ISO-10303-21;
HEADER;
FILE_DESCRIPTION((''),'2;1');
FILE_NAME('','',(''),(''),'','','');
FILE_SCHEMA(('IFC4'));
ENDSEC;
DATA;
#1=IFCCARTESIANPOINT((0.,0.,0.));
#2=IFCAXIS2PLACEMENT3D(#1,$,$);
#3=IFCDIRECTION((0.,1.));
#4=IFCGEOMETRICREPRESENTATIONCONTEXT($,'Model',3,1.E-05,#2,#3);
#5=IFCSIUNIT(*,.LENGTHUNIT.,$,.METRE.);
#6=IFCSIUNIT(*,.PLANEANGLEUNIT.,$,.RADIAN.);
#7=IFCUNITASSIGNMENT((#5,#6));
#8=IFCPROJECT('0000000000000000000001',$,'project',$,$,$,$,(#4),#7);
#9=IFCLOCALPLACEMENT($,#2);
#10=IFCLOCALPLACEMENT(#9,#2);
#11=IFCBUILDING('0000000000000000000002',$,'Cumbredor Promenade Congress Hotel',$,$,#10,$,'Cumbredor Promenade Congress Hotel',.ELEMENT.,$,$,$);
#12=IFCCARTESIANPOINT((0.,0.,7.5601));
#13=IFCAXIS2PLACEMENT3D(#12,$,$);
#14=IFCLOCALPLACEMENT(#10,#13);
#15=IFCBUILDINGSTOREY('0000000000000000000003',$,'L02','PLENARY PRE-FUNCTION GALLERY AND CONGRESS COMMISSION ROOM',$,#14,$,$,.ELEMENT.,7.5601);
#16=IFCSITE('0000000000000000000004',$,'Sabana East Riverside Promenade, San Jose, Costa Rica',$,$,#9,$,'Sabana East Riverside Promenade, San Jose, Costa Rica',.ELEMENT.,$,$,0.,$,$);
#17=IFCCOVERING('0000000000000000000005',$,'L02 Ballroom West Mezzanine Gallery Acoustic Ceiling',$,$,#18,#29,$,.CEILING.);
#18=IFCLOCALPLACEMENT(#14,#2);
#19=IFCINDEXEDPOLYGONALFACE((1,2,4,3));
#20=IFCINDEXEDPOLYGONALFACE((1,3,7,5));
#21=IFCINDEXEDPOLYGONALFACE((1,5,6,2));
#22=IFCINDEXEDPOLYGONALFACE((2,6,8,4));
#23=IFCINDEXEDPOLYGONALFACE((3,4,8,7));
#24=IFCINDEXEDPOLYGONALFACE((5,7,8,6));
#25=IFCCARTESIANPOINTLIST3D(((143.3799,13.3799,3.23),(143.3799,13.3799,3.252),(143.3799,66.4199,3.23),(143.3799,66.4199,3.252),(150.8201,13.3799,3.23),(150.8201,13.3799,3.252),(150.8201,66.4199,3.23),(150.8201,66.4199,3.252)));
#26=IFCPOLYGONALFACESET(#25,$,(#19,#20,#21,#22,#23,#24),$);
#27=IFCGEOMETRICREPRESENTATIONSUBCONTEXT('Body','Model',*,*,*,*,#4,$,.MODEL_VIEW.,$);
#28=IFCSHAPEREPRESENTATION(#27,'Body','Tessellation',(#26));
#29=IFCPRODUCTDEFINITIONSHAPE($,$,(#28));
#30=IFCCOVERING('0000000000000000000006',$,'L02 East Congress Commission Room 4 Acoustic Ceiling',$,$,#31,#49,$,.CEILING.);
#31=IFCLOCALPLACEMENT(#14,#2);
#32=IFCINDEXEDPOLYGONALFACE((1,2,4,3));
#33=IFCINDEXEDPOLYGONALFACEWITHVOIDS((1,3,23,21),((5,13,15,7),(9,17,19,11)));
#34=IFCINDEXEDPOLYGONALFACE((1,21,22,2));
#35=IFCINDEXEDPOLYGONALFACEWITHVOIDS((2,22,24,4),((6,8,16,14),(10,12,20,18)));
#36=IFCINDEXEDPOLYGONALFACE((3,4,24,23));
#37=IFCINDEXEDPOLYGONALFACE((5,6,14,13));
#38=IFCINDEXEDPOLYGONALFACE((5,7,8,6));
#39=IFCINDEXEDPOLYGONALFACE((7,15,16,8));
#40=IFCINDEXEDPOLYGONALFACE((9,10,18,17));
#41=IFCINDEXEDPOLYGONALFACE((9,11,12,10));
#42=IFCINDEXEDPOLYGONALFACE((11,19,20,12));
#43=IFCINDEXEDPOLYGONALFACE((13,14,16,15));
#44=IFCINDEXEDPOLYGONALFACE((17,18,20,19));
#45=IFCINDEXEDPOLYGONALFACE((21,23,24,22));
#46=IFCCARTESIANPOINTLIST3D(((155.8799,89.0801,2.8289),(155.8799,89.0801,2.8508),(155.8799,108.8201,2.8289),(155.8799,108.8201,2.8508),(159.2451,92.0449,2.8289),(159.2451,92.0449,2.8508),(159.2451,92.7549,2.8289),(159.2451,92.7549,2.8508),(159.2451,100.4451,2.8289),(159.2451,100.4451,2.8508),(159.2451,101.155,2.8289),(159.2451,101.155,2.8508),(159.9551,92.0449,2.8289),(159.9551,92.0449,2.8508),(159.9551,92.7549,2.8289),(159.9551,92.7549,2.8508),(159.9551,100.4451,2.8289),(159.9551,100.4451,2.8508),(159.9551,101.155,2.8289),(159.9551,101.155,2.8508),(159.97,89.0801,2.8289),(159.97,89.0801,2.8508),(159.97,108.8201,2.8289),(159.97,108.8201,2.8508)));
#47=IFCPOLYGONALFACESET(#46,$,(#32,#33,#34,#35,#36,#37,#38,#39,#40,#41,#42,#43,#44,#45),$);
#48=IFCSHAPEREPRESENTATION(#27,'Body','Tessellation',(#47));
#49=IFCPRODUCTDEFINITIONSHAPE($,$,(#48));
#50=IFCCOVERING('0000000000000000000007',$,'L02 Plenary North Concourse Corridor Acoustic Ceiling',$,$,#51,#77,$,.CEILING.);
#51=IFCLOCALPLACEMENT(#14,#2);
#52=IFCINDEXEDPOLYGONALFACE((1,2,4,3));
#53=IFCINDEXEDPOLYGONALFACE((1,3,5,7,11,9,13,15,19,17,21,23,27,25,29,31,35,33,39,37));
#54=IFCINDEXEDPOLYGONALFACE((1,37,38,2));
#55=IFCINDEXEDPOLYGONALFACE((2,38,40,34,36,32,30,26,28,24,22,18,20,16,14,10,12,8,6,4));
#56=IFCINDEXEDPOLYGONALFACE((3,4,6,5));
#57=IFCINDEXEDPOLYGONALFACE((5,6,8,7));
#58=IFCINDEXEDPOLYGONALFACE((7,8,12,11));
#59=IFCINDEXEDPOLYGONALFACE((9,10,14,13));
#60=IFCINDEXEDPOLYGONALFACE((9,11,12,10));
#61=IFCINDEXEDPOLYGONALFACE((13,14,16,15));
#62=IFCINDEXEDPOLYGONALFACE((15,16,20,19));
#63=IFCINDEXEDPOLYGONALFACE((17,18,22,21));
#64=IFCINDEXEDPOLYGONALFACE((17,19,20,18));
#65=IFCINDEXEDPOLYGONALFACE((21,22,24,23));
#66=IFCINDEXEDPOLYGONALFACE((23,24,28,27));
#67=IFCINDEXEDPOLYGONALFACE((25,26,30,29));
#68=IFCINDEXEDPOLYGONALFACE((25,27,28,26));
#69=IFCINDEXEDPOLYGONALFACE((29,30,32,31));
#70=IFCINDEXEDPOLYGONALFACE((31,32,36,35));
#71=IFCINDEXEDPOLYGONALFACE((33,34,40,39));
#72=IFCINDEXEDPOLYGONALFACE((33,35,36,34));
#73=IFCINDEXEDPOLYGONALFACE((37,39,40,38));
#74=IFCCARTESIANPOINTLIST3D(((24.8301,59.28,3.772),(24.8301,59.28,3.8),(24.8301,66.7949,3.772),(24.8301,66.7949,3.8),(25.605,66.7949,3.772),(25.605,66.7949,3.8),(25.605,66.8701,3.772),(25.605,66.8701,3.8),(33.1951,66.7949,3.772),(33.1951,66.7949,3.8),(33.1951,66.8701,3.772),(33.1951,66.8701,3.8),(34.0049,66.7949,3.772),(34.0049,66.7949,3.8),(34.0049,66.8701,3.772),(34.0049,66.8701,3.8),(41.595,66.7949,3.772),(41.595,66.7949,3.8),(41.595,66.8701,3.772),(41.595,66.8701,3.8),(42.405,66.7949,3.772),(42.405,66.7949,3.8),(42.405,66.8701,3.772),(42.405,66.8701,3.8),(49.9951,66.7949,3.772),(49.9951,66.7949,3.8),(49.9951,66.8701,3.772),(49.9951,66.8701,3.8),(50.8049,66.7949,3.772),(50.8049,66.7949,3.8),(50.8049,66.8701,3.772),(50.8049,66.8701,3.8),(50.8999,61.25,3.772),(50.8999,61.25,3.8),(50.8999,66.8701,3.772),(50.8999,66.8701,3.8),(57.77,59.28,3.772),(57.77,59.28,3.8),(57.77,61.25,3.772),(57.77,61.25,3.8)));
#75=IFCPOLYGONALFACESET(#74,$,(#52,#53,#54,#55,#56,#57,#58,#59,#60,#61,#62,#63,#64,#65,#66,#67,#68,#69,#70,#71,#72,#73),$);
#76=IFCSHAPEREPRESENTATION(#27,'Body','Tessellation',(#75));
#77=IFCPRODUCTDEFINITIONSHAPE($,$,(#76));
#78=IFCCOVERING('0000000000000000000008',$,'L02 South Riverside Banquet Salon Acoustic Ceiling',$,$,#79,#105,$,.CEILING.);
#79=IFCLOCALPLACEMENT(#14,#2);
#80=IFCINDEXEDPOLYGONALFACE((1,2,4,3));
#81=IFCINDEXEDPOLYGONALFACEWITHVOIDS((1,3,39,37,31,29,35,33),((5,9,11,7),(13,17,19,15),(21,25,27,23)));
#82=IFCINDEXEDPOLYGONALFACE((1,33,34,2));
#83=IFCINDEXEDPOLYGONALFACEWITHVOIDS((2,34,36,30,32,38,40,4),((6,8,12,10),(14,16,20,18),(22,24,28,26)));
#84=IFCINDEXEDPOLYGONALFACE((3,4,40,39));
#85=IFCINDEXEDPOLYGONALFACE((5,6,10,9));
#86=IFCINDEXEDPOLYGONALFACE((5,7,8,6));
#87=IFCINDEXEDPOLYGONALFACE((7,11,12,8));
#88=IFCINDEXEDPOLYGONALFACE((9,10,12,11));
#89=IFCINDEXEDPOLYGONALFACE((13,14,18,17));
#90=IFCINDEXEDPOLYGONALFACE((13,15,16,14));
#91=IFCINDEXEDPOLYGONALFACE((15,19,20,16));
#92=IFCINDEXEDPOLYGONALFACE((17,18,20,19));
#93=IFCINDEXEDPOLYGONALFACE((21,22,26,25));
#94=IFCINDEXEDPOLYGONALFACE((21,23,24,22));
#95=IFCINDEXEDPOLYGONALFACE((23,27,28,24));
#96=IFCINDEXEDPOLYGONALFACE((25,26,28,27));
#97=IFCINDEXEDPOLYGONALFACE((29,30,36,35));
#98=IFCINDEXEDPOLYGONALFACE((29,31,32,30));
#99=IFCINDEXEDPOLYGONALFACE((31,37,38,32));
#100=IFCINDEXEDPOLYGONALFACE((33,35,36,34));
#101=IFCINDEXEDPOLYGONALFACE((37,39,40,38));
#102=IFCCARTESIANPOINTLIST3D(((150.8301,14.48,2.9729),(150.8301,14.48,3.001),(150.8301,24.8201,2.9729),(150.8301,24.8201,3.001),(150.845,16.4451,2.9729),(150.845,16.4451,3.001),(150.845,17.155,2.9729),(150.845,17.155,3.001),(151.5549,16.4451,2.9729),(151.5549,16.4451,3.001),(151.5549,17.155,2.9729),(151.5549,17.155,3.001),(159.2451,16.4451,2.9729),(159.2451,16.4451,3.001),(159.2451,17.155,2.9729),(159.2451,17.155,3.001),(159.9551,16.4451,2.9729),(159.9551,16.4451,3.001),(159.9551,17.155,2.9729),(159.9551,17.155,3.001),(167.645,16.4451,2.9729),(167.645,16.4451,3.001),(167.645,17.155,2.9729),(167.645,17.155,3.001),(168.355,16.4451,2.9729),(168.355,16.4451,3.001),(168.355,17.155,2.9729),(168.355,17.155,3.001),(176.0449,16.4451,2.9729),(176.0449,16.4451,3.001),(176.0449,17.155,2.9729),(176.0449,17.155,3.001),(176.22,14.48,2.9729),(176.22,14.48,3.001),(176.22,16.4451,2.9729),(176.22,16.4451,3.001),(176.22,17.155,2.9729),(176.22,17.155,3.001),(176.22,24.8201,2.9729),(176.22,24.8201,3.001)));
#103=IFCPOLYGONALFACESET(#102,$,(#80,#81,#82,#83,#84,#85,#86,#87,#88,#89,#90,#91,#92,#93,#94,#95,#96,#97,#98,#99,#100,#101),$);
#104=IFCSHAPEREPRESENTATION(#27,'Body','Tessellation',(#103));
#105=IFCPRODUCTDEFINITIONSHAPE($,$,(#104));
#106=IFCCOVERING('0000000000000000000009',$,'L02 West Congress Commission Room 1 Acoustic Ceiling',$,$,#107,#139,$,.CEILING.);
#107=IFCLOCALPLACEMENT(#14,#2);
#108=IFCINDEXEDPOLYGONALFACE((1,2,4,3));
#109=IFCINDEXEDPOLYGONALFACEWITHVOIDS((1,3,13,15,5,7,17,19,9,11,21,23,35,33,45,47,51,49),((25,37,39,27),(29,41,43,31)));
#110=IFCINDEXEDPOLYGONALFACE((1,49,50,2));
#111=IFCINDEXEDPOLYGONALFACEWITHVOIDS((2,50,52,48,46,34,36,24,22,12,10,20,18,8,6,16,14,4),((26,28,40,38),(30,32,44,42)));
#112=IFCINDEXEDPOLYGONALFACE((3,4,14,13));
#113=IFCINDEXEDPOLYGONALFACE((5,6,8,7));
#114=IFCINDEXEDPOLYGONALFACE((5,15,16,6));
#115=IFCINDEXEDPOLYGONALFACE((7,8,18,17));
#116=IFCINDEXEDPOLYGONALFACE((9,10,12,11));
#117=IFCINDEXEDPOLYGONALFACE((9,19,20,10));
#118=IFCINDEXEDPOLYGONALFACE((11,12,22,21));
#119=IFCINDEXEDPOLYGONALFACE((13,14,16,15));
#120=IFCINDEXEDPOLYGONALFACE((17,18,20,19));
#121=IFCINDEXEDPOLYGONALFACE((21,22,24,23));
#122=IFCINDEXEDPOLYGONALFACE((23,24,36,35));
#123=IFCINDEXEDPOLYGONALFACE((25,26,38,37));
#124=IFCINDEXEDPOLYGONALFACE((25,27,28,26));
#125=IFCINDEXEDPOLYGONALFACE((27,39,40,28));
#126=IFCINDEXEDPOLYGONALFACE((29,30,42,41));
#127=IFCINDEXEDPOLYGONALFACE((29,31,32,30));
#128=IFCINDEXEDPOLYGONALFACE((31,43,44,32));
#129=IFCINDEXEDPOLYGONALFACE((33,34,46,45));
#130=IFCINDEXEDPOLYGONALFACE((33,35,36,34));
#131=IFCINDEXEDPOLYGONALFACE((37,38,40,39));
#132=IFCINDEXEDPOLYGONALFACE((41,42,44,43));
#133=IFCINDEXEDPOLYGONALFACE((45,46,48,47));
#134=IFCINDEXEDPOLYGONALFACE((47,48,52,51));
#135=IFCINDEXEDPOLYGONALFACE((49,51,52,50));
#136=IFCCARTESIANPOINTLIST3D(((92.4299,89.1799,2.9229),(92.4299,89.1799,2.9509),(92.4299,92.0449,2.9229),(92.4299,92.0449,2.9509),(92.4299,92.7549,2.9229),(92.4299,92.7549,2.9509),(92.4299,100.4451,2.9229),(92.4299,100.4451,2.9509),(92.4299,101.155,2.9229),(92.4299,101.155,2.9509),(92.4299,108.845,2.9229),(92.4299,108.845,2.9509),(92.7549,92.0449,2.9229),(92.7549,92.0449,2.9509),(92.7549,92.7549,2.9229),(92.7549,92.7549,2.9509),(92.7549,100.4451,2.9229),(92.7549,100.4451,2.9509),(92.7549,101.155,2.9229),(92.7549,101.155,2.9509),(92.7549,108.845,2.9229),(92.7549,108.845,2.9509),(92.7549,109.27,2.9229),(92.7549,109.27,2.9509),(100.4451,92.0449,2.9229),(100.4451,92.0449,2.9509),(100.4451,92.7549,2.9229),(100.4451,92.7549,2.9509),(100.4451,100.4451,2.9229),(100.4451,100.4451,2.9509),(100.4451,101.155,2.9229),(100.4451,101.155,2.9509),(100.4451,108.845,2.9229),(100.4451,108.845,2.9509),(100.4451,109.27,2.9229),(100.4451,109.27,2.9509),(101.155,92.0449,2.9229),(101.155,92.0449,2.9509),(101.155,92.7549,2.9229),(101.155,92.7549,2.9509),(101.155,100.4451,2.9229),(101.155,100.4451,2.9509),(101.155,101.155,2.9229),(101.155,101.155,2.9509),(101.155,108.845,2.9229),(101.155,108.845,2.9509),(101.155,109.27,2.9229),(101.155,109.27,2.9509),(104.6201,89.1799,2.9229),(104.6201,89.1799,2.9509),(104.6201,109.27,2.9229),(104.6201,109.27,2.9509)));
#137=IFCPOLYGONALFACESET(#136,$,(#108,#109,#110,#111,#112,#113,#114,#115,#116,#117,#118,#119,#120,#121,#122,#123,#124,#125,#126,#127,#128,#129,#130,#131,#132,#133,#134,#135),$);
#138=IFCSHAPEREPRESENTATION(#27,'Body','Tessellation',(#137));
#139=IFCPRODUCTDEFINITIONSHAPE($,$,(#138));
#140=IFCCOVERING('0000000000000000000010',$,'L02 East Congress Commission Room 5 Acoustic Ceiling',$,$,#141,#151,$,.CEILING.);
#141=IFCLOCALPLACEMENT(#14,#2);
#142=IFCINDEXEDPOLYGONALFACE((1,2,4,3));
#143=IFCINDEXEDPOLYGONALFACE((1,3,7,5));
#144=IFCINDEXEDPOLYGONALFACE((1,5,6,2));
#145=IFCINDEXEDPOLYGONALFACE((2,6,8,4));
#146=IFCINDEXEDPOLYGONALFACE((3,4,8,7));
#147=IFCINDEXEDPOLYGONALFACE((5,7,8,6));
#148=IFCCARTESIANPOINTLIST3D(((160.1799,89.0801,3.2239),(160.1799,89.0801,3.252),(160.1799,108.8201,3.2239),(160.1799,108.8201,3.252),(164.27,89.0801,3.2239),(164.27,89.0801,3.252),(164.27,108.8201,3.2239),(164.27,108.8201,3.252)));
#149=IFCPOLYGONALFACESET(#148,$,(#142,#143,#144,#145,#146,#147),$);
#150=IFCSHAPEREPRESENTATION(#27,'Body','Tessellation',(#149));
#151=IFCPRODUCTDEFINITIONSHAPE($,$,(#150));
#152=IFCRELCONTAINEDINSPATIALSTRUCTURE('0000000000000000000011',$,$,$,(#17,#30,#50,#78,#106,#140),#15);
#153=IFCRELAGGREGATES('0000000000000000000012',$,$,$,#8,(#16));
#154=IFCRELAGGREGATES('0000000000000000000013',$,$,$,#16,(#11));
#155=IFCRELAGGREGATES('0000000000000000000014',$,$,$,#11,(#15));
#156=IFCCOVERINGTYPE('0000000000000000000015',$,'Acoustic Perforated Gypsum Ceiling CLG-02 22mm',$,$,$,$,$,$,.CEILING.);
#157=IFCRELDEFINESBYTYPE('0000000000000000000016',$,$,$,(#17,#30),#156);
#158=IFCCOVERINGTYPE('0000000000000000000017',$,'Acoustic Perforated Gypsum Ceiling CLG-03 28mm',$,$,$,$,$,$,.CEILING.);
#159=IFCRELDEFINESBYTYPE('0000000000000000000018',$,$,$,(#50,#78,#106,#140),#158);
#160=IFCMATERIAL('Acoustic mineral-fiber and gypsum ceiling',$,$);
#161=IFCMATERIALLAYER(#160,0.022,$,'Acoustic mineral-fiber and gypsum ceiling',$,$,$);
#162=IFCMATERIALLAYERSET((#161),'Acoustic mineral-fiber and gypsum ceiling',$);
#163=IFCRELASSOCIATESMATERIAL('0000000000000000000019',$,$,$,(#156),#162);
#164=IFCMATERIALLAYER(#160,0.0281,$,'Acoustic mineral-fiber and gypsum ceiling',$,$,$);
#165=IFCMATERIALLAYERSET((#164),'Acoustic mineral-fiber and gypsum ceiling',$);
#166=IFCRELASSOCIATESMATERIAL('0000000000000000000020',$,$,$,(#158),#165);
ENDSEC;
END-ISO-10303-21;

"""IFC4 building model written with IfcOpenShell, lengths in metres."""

from ifc_helpers import new_model, si_unit, direction, frame, origin, place, context, subcontext, project, spatial, polyline, outline, extrude, material, layer, layer_set, type_object, element, save


model = new_model("IFC4")

# Units and contexts
model_context = context("Model", 3, precision=1e-05, world=origin(), true_north=direction((0.0, 1.0)))
body_context = subcontext(model_context, "Body", "Model", "MODEL_VIEW")
ifc_project = project(units=[si_unit("LENGTHUNIT", "METRE"), si_unit("PLANEANGLEUNIT", "RADIAN")], contexts=[model_context])

# Site, building, storey
site_placement = place(None, origin())
site = spatial("IfcSite", under=ifc_project, at=site_placement, Name="Sabana East Riverside Promenade, San Jose, Costa Rica", LongName="Sabana East Riverside Promenade, San Jose, Costa Rica", CompositionType="ELEMENT", RefElevation=0.0)
building_placement = place(site_placement, origin())
building = spatial("IfcBuilding", under=site, at=building_placement, Name="Cumbredor Promenade Congress Hotel", LongName="Cumbredor Promenade Congress Hotel", CompositionType="ELEMENT")
storey_placement = place(building_placement, frame((0.0, 0.0, 7.5601)))
storey = spatial("IfcBuildingStorey", under=building, at=storey_placement, Name="L02", Description="PLENARY PRE-FUNCTION GALLERY AND CONGRESS COMMISSION ROOM", CompositionType="ELEMENT", Elevation=7.5601)

# Coverings
ifc_material_1 = material(Name="Acoustic mineral-fiber and gypsum ceiling")
ifc_layer_1 = layer(ifc_material_1, 0.022, Name="Acoustic mineral-fiber and gypsum ceiling")
ifc_layer_set_1 = layer_set([ifc_layer_1], Name="Acoustic mineral-fiber and gypsum ceiling")
covering_type_1 = type_object("IfcCoveringType", Name="Acoustic Perforated Gypsum Ceiling CLG-02 22mm", PredefinedType="CEILING", material=ifc_layer_set_1)
covering_1_placement = place(storey_placement, frame((0.0, 0.0, 3.23)))
element("IfcCovering", 1, at=covering_1_placement, inside=storey, type_object=covering_type_1, Name="L02 Ballroom West Mezzanine Gallery Acoustic Ceiling", PredefinedType="CEILING", context=body_context, shape_type="SweptSolid", body=[
    extrude(outline(polyline([(143.3799, 66.4199), (150.8201, 66.4199), (150.8201, 13.3799), (143.3799, 13.3799), (143.3799, 66.4199)])), origin(), (0.0, 0.0, 1.0), 0.022),
])
covering_2_placement = place(storey_placement, frame((0.0, 0.0, 2.8289)))
element("IfcCovering", 2, at=covering_2_placement, inside=storey, type_object=covering_type_1, Name="L02 East Congress Commission Room 4 Acoustic Ceiling", PredefinedType="CEILING", context=body_context, shape_type="SweptSolid", body=[
    extrude(outline(polyline([(159.97, 89.0801), (155.8799, 89.0801), (155.8799, 108.8201), (159.97, 108.8201), (159.97, 89.0801)]), holes=[polyline([(159.2451, 92.7549), (159.2451, 92.0449), (159.9551, 92.0449), (159.9551, 92.7549), (159.2451, 92.7549)]), polyline([(159.9551, 101.155), (159.2451, 101.155), (159.2451, 100.4451), (159.9551, 100.4451), (159.9551, 101.155)])]), origin(), (0.0, 0.0, 1.0), 0.022),
])
ifc_layer_2 = layer(ifc_material_1, 0.0281, Name="Acoustic mineral-fiber and gypsum ceiling")
ifc_layer_set_2 = layer_set([ifc_layer_2], Name="Acoustic mineral-fiber and gypsum ceiling")
covering_type_2 = type_object("IfcCoveringType", Name="Acoustic Perforated Gypsum Ceiling CLG-03 28mm", PredefinedType="CEILING", material=ifc_layer_set_2)
covering_3_placement = place(storey_placement, frame((0.0, 0.0, 3.772)))
element("IfcCovering", 3, at=covering_3_placement, inside=storey, type_object=covering_type_2, Name="L02 Plenary North Concourse Corridor Acoustic Ceiling", PredefinedType="CEILING", context=body_context, shape_type="SweptSolid", body=[
    extrude(outline(polyline([(25.605, 66.8701), (33.1951, 66.8701), (33.1951, 66.7949), (34.0049, 66.7949), (34.0049, 66.8701), (41.595, 66.8701), (41.595, 66.7949), (42.405, 66.7949), (42.405, 66.8701), (49.9951, 66.8701), (49.9951, 66.7949), (50.8049, 66.7949), (50.8049, 66.8701), (50.8999, 66.8701), (50.8999, 61.25), (57.77, 61.25), (57.77, 59.28), (24.8301, 59.28), (24.8301, 66.7949), (25.605, 66.7949), (25.605, 66.8701)])), origin(), (0.0, 0.0, 1.0), 0.0281),
])
covering_4_placement = place(storey_placement, frame((0.0, 0.0, 2.9729)))
element("IfcCovering", 4, at=covering_4_placement, inside=storey, type_object=covering_type_2, Name="L02 South Riverside Banquet Salon Acoustic Ceiling", PredefinedType="CEILING", context=body_context, shape_type="SweptSolid", body=[
    extrude(outline(polyline([(150.8301, 24.8201), (176.22, 24.8201), (176.22, 17.155), (176.0449, 17.155), (176.0449, 16.4451), (176.22, 16.4451), (176.22, 14.48), (150.8301, 14.48), (150.8301, 24.8201)]), holes=[polyline([(151.5549, 16.4451), (151.5549, 17.155), (150.845, 17.155), (150.845, 16.4451), (151.5549, 16.4451)]), polyline([(159.2451, 16.4451), (159.9551, 16.4451), (159.9551, 17.155), (159.2451, 17.155), (159.2451, 16.4451)]), polyline([(167.645, 17.155), (167.645, 16.4451), (168.355, 16.4451), (168.355, 17.155), (167.645, 17.155)])]), origin(), (0.0, 0.0, 1.0), 0.0281),
])
covering_5_placement = place(storey_placement, frame((0.0, 0.0, 2.9229)))
element("IfcCovering", 5, at=covering_5_placement, inside=storey, type_object=covering_type_2, Name="L02 West Congress Commission Room 1 Acoustic Ceiling", PredefinedType="CEILING", context=body_context, shape_type="SweptSolid", body=[
    extrude(outline(polyline([(92.7549, 92.7549), (92.4299, 92.7549), (92.4299, 100.4451), (92.7549, 100.4451), (92.7549, 101.155), (92.4299, 101.155), (92.4299, 108.845), (92.7549, 108.845), (92.7549, 109.27), (100.4451, 109.27), (100.4451, 108.845), (101.155, 108.845), (101.155, 109.27), (104.6201, 109.27), (104.6201, 89.1799), (92.4299, 89.1799), (92.4299, 92.0449), (92.7549, 92.0449), (92.7549, 92.7549)]), holes=[polyline([(100.4451, 92.0449), (101.155, 92.0449), (101.155, 92.7549), (100.4451, 92.7549), (100.4451, 92.0449)]), polyline([(100.4451, 101.155), (100.4451, 100.4451), (101.155, 100.4451), (101.155, 101.155), (100.4451, 101.155)])]), origin(), (0.0, 0.0, 1.0), 0.0281),
])
covering_6_placement = place(storey_placement, frame((0.0, 0.0, 3.2239)))
element("IfcCovering", 6, at=covering_6_placement, inside=storey, type_object=covering_type_2, Name="L02 East Congress Commission Room 5 Acoustic Ceiling", PredefinedType="CEILING", context=body_context, shape_type="SweptSolid", body=[
    extrude(outline(polyline([(160.1799, 108.8201), (164.27, 108.8201), (164.27, 89.0801), (160.1799, 89.0801), (160.1799, 108.8201)])), origin(), (0.0, 0.0, 1.0), 0.0281),
])

save(model, "model.ifc")
